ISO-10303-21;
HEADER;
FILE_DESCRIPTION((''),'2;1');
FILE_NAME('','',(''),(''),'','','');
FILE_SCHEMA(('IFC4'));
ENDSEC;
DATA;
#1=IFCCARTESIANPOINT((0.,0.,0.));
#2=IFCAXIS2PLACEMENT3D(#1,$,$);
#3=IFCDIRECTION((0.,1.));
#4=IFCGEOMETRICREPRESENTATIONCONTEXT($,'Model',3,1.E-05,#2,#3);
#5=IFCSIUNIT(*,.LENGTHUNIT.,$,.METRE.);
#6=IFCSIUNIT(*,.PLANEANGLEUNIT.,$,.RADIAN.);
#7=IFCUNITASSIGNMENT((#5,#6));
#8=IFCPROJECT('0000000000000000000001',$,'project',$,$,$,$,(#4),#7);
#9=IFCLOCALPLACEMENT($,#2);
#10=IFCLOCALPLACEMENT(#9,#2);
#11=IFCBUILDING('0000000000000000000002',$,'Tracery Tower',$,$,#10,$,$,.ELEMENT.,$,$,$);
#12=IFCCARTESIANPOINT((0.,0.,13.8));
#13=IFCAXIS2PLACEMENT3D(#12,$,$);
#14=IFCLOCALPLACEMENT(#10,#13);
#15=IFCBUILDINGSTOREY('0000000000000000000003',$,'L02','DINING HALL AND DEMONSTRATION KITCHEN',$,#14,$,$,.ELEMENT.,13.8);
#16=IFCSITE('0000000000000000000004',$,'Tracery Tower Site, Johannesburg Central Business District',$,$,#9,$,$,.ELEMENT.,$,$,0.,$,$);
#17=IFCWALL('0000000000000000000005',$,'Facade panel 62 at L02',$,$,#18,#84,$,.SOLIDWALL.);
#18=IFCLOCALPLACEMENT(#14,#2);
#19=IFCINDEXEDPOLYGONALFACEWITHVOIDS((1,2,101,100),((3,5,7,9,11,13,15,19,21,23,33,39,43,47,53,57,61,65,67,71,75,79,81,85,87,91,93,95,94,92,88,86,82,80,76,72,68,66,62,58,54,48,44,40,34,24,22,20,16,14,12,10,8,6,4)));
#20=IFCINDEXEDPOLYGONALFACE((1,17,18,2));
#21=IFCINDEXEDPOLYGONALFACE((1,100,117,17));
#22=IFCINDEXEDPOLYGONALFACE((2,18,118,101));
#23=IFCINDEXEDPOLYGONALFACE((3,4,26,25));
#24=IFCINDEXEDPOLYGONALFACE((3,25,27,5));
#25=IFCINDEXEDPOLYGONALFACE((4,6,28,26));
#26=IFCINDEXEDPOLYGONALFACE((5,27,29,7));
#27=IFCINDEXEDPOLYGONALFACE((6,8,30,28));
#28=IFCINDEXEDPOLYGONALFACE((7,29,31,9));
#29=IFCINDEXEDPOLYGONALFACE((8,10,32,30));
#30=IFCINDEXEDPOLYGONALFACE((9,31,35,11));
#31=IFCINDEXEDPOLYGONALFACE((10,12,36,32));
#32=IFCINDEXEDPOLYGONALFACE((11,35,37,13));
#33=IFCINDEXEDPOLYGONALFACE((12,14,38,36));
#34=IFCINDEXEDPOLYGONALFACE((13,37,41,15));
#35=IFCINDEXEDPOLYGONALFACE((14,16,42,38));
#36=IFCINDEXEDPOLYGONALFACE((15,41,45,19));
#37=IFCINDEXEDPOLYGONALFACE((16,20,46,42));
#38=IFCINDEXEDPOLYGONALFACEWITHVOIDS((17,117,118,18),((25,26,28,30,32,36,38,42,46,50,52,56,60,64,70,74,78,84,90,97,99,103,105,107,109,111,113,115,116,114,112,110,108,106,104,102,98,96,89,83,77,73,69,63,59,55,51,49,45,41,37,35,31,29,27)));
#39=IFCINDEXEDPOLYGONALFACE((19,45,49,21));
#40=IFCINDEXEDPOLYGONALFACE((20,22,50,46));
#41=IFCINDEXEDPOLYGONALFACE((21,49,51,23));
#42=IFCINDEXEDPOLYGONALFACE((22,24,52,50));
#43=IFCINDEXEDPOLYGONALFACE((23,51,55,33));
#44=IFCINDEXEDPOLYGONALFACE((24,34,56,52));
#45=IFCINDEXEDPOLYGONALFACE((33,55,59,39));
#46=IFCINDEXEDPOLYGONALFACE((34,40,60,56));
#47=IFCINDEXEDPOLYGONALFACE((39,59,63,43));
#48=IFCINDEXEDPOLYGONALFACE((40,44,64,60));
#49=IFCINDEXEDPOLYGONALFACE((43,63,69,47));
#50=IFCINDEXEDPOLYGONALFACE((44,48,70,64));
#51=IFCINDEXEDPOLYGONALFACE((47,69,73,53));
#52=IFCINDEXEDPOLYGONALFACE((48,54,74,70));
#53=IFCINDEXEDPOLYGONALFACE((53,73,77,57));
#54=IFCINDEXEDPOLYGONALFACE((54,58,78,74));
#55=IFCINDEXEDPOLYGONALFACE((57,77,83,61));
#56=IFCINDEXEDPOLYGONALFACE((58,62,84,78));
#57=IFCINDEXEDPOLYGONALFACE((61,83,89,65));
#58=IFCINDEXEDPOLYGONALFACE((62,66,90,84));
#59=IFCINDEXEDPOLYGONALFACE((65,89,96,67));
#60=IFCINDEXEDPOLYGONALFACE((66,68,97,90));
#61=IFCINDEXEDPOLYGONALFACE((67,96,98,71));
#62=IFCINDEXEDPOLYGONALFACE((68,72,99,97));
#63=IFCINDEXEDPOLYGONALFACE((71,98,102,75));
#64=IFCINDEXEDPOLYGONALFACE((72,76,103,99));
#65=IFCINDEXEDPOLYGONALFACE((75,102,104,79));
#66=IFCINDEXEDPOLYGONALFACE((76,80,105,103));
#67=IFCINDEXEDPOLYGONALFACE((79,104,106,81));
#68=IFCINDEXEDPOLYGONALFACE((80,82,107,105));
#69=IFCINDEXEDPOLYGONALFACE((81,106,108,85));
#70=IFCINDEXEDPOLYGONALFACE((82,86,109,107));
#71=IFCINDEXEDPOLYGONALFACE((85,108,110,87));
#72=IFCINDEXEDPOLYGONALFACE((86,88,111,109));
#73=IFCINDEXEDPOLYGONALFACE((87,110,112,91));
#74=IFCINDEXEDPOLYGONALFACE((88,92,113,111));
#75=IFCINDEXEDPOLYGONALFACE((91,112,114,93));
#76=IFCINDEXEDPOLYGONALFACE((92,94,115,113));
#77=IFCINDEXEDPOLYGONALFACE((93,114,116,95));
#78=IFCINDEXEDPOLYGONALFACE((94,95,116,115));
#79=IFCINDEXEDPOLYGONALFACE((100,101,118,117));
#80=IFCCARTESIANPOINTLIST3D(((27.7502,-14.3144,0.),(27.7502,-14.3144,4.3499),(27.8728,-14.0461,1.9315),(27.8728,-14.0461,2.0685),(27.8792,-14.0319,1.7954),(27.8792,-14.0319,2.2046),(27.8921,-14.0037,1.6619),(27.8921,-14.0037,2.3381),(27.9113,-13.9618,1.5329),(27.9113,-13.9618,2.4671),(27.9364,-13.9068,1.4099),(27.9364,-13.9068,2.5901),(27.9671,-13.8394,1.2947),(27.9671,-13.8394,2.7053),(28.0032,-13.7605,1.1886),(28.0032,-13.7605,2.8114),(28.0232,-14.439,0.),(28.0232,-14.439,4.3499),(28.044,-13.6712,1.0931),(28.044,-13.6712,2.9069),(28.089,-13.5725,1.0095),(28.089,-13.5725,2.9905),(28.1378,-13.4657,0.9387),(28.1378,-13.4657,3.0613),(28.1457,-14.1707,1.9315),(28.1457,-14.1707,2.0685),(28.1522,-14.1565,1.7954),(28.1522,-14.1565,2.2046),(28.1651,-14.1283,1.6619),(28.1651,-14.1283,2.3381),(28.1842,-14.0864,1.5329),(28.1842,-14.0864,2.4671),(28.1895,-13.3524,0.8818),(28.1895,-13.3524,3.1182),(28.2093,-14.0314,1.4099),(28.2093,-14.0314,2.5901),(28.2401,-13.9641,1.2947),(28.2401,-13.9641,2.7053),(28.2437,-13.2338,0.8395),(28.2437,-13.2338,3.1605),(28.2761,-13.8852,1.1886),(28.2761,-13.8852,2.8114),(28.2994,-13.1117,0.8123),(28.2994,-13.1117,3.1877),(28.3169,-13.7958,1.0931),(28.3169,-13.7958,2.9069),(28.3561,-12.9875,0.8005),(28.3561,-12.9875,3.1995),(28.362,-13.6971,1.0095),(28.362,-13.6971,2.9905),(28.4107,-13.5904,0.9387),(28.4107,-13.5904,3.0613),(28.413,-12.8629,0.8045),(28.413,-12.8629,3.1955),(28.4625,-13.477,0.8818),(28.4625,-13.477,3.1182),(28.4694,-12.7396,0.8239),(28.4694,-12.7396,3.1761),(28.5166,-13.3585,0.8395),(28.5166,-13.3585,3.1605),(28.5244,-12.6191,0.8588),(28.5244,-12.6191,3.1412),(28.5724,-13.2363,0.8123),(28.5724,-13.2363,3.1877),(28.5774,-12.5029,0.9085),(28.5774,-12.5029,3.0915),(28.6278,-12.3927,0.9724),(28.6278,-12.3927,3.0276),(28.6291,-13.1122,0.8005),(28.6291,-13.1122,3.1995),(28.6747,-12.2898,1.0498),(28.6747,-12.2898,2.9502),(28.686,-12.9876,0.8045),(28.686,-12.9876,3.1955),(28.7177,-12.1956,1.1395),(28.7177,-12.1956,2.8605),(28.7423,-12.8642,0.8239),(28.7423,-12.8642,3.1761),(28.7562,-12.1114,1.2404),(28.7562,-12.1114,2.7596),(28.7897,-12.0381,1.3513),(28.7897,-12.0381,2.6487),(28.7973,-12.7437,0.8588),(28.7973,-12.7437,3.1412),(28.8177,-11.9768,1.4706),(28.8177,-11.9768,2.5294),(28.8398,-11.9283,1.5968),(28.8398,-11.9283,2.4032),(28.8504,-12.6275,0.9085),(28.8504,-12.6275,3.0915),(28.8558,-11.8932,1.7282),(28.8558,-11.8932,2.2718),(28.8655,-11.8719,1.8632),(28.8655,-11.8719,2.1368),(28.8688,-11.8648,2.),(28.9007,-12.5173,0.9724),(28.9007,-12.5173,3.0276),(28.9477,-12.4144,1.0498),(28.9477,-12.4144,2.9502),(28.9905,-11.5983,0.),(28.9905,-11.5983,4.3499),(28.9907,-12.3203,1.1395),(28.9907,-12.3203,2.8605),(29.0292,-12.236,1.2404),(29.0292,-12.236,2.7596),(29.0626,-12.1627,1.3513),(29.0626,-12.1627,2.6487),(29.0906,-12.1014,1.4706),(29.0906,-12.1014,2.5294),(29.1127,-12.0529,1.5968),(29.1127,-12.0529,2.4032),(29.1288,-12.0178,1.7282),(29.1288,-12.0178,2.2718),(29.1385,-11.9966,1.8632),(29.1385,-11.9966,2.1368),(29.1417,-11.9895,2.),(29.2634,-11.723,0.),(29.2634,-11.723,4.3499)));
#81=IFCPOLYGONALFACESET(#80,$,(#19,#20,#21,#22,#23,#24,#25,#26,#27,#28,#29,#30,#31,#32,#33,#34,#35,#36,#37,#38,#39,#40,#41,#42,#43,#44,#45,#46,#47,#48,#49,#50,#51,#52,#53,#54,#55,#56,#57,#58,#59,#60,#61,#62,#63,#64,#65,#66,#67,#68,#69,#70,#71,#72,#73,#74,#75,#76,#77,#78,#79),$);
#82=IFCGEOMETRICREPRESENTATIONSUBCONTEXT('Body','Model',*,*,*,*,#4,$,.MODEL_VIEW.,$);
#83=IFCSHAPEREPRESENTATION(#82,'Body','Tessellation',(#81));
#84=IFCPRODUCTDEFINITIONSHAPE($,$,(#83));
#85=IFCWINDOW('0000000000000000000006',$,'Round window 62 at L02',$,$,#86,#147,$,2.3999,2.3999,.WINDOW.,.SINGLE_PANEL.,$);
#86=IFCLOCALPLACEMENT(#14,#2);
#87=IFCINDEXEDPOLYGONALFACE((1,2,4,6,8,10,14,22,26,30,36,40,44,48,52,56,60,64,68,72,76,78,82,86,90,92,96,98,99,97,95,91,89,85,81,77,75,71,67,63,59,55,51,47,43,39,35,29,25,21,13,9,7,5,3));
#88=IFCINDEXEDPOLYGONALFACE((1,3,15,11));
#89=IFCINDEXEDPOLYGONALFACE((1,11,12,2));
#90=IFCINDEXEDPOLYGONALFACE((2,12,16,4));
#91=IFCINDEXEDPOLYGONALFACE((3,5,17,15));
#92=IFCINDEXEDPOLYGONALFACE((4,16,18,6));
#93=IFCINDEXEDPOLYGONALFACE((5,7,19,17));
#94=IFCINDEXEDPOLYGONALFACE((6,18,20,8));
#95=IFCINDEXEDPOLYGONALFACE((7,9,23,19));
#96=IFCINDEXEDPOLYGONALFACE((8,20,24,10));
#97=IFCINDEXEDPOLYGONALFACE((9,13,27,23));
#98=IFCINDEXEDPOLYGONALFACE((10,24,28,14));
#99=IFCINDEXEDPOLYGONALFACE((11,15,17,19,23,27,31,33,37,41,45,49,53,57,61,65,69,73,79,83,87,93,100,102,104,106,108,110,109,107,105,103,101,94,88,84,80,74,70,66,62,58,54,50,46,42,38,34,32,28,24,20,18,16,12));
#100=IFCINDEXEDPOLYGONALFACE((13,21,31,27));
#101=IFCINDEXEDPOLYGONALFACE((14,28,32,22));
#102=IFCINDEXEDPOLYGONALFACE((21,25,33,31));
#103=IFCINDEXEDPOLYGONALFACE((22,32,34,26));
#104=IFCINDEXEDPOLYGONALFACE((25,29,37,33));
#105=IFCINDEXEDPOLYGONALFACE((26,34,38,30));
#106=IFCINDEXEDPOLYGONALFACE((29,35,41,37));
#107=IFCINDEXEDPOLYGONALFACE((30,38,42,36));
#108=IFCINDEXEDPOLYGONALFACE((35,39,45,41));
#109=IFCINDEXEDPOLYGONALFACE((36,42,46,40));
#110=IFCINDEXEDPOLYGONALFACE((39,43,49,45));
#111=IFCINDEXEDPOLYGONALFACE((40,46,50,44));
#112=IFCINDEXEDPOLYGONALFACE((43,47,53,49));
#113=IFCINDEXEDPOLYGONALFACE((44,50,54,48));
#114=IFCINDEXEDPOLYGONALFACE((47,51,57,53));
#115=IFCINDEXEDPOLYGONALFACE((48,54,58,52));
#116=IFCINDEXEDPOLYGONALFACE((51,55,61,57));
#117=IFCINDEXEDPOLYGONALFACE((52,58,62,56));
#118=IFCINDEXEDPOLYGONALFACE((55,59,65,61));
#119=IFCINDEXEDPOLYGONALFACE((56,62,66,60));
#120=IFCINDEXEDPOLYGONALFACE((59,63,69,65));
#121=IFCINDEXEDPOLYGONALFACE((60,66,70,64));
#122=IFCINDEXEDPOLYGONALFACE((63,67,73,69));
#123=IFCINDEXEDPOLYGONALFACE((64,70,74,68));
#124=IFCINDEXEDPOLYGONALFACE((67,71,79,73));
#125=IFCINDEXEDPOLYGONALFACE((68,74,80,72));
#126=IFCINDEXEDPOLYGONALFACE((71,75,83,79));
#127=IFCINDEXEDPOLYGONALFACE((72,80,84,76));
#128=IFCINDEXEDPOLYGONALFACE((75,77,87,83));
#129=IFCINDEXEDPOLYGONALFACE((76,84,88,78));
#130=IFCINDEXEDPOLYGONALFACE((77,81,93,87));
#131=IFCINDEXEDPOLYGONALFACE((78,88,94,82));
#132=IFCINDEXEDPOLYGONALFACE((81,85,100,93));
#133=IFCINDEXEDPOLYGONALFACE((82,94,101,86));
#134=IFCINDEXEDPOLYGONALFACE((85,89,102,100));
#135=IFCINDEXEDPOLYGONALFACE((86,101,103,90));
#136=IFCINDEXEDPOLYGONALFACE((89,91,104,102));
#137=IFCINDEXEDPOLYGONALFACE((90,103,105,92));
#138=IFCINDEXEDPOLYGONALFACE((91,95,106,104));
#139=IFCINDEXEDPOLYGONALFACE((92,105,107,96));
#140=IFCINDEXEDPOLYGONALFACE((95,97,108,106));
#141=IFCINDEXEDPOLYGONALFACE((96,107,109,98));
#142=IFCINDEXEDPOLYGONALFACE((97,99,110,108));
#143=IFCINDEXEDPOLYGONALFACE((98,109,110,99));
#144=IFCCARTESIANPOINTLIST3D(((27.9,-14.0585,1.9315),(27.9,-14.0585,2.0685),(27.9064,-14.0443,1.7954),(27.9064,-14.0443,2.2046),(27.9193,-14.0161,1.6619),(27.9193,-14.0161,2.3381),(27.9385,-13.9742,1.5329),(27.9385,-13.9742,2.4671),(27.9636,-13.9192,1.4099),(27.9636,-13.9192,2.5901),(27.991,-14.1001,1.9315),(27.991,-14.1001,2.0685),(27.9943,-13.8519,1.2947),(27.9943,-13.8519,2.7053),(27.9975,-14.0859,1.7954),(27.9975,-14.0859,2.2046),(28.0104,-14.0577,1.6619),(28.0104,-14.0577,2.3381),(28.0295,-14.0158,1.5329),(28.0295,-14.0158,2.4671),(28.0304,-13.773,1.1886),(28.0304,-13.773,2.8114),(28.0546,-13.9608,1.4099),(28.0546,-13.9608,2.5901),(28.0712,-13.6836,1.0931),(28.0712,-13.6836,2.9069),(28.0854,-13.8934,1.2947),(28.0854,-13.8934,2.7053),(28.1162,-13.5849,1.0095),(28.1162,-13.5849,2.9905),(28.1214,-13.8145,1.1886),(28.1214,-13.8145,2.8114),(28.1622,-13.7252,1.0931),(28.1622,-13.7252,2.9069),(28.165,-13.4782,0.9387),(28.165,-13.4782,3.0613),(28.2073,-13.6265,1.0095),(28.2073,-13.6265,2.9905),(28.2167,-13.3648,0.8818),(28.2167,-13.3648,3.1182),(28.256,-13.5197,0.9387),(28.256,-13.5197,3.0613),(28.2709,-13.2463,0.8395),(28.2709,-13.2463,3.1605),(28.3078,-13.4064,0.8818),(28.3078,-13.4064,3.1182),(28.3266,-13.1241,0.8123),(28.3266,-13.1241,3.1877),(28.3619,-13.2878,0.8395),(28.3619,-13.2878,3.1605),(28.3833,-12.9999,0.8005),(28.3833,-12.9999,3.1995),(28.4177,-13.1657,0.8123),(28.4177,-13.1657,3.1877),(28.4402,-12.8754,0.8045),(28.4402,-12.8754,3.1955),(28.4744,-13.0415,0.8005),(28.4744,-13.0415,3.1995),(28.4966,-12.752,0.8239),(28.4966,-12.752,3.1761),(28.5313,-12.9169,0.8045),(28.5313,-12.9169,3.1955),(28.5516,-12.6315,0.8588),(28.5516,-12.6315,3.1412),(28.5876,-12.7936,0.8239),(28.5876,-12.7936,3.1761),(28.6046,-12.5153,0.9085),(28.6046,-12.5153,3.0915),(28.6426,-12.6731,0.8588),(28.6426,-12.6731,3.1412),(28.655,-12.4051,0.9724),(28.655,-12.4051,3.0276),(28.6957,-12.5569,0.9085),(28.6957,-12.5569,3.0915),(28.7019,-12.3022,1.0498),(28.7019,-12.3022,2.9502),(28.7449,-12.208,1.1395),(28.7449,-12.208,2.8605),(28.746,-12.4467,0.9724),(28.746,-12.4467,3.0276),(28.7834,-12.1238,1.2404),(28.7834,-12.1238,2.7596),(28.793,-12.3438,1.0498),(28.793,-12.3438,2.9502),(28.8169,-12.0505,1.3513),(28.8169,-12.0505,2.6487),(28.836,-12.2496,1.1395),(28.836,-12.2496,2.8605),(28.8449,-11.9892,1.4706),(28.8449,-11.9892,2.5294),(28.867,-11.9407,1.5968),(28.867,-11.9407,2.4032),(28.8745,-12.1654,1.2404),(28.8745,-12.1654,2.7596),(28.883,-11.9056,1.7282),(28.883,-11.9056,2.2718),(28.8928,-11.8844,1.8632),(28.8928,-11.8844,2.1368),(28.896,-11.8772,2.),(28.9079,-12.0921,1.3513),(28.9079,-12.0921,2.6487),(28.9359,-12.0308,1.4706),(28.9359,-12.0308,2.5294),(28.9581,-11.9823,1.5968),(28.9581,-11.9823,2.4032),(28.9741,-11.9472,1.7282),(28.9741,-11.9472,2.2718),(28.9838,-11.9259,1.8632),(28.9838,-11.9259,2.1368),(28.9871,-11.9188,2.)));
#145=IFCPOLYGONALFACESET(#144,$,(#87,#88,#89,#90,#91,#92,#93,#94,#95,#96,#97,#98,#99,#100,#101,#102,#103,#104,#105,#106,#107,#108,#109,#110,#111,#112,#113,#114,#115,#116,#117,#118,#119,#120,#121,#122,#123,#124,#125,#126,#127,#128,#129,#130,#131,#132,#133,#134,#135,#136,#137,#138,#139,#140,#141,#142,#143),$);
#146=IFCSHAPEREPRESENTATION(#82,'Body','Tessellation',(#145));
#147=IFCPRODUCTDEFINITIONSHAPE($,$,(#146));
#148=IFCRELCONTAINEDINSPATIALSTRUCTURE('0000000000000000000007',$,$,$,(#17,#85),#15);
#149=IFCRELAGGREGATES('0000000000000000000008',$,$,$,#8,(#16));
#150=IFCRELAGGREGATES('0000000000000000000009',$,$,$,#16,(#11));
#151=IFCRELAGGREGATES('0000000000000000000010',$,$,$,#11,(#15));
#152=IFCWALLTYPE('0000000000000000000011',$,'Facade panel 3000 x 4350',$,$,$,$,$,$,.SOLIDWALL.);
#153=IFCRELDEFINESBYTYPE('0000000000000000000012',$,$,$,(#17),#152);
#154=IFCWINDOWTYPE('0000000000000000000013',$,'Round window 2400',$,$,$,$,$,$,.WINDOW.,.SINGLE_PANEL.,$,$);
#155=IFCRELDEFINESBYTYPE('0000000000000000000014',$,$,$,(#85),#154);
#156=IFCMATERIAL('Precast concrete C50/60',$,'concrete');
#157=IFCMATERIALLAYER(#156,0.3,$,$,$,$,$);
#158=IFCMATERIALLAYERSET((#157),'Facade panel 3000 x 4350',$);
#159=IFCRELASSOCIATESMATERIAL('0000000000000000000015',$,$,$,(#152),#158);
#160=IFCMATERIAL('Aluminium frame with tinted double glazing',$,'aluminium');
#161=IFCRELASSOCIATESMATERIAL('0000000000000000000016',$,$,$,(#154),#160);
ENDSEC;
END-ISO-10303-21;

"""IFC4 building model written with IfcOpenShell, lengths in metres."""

from ifc_helpers import new_model, si_unit, direction, frame, frame_2d, origin, origin_2d, place, context, subcontext, project, spatial, rectangle, circle, extrude, material, layer, layer_set, type_object, element, fill, save


model = new_model("IFC4")

# Units and contexts
model_context = context("Model", 3, precision=1e-05, world=origin(), true_north=direction((0.0, 1.0)))
body_context = subcontext(model_context, "Body", "Model", "MODEL_VIEW")
ifc_project = project(units=[si_unit("LENGTHUNIT", "METRE"), si_unit("PLANEANGLEUNIT", "RADIAN")], contexts=[model_context])

# Site, building, storey
site_placement = place(None, origin())
site = spatial("IfcSite", under=ifc_project, at=site_placement, Name="Tracery Tower Site, Johannesburg Central Business District", CompositionType="ELEMENT", RefElevation=0.0)
building_placement = place(site_placement, origin())
building = spatial("IfcBuilding", under=site, at=building_placement, Name="Tracery Tower", CompositionType="ELEMENT")
storey_placement = place(building_placement, frame((0.0, 0.0, 13.8)))
storey = spatial("IfcBuildingStorey", under=building, at=storey_placement, Name="L02", Description="DINING HALL AND DEMONSTRATION KITCHEN", CompositionType="ELEMENT", Elevation=13.8)

# Wall, opening, window
ifc_material_1 = material(Name="Precast concrete C50/60", Category="concrete")
ifc_layer_1 = layer(ifc_material_1, 0.3)
ifc_layer_set_1 = layer_set([ifc_layer_1], Name="Facade panel 3000 x 4350")
wall_type_1 = type_object("IfcWallType", Name="Facade panel 3000 x 4350", PredefinedType="SOLIDWALL", material=ifc_layer_set_1)
ifc_material_2 = material(Name="Aluminium frame with tinted double glazing", Category="aluminium")
window_type = type_object("IfcWindowType", Name="Round window 2400", PartitioningType="SINGLE_PANEL", PredefinedType="WINDOW", material=ifc_material_2)
wall_1_placement = place(storey_placement, frame((27.8867, -14.3767, 0.0), z_axis=(0.0, 0.0, 1.0), x_axis=(0.415373, 0.909651, 0.0)))
wall_1 = element("IfcWall", 1, at=wall_1_placement, inside=storey, type_object=wall_type_1, Name="Facade panel 62 at L02", PredefinedType="SOLIDWALL", context=body_context, shape_type="SweptSolid", body=[
    extrude(rectangle(XDim=2.9858, YDim=0.3, at=frame_2d((1.4929, 0.0))), origin(), (0.0, 0.0, 1.0), 4.3499),
])
opening_1_placement = place(wall_1_placement, frame((1.4929, 0.0, 2.0)))
opening_1 = element("IfcOpeningElement", 2, at=opening_1_placement, cuts=wall_1, PredefinedType="OPENING", context=body_context, shape_type="SweptSolid", body=[
    extrude(circle(Radius=1.2, at=origin_2d()), frame((0.0, 0.1599, 0.0), z_axis=(0.0, -1.0, 0.0), x_axis=(1.0, 0.0, 0.0)), (0.0, 0.0, 1.0), 0.3201),
])
window_1_placement = place(opening_1_placement, origin())
window_1 = element("IfcWindow", 3, at=window_1_placement, inside=storey, type_object=window_type, Name="Round window 62 at L02", OverallHeight=2.3999, OverallWidth=2.3999, PartitioningType="SINGLE_PANEL", PredefinedType="WINDOW", context=body_context, shape_type="SweptSolid", body=[
    extrude(circle(Radius=1.2, at=origin_2d()), frame((0.0, 0.1201, 0.0), z_axis=(0.0, -1.0, 0.0), x_axis=(1.0, 0.0, 0.0)), (0.0, 0.0, 1.0), 0.1001),
])
fill(opening_1, window_1)

save(model, "model.ifc")
